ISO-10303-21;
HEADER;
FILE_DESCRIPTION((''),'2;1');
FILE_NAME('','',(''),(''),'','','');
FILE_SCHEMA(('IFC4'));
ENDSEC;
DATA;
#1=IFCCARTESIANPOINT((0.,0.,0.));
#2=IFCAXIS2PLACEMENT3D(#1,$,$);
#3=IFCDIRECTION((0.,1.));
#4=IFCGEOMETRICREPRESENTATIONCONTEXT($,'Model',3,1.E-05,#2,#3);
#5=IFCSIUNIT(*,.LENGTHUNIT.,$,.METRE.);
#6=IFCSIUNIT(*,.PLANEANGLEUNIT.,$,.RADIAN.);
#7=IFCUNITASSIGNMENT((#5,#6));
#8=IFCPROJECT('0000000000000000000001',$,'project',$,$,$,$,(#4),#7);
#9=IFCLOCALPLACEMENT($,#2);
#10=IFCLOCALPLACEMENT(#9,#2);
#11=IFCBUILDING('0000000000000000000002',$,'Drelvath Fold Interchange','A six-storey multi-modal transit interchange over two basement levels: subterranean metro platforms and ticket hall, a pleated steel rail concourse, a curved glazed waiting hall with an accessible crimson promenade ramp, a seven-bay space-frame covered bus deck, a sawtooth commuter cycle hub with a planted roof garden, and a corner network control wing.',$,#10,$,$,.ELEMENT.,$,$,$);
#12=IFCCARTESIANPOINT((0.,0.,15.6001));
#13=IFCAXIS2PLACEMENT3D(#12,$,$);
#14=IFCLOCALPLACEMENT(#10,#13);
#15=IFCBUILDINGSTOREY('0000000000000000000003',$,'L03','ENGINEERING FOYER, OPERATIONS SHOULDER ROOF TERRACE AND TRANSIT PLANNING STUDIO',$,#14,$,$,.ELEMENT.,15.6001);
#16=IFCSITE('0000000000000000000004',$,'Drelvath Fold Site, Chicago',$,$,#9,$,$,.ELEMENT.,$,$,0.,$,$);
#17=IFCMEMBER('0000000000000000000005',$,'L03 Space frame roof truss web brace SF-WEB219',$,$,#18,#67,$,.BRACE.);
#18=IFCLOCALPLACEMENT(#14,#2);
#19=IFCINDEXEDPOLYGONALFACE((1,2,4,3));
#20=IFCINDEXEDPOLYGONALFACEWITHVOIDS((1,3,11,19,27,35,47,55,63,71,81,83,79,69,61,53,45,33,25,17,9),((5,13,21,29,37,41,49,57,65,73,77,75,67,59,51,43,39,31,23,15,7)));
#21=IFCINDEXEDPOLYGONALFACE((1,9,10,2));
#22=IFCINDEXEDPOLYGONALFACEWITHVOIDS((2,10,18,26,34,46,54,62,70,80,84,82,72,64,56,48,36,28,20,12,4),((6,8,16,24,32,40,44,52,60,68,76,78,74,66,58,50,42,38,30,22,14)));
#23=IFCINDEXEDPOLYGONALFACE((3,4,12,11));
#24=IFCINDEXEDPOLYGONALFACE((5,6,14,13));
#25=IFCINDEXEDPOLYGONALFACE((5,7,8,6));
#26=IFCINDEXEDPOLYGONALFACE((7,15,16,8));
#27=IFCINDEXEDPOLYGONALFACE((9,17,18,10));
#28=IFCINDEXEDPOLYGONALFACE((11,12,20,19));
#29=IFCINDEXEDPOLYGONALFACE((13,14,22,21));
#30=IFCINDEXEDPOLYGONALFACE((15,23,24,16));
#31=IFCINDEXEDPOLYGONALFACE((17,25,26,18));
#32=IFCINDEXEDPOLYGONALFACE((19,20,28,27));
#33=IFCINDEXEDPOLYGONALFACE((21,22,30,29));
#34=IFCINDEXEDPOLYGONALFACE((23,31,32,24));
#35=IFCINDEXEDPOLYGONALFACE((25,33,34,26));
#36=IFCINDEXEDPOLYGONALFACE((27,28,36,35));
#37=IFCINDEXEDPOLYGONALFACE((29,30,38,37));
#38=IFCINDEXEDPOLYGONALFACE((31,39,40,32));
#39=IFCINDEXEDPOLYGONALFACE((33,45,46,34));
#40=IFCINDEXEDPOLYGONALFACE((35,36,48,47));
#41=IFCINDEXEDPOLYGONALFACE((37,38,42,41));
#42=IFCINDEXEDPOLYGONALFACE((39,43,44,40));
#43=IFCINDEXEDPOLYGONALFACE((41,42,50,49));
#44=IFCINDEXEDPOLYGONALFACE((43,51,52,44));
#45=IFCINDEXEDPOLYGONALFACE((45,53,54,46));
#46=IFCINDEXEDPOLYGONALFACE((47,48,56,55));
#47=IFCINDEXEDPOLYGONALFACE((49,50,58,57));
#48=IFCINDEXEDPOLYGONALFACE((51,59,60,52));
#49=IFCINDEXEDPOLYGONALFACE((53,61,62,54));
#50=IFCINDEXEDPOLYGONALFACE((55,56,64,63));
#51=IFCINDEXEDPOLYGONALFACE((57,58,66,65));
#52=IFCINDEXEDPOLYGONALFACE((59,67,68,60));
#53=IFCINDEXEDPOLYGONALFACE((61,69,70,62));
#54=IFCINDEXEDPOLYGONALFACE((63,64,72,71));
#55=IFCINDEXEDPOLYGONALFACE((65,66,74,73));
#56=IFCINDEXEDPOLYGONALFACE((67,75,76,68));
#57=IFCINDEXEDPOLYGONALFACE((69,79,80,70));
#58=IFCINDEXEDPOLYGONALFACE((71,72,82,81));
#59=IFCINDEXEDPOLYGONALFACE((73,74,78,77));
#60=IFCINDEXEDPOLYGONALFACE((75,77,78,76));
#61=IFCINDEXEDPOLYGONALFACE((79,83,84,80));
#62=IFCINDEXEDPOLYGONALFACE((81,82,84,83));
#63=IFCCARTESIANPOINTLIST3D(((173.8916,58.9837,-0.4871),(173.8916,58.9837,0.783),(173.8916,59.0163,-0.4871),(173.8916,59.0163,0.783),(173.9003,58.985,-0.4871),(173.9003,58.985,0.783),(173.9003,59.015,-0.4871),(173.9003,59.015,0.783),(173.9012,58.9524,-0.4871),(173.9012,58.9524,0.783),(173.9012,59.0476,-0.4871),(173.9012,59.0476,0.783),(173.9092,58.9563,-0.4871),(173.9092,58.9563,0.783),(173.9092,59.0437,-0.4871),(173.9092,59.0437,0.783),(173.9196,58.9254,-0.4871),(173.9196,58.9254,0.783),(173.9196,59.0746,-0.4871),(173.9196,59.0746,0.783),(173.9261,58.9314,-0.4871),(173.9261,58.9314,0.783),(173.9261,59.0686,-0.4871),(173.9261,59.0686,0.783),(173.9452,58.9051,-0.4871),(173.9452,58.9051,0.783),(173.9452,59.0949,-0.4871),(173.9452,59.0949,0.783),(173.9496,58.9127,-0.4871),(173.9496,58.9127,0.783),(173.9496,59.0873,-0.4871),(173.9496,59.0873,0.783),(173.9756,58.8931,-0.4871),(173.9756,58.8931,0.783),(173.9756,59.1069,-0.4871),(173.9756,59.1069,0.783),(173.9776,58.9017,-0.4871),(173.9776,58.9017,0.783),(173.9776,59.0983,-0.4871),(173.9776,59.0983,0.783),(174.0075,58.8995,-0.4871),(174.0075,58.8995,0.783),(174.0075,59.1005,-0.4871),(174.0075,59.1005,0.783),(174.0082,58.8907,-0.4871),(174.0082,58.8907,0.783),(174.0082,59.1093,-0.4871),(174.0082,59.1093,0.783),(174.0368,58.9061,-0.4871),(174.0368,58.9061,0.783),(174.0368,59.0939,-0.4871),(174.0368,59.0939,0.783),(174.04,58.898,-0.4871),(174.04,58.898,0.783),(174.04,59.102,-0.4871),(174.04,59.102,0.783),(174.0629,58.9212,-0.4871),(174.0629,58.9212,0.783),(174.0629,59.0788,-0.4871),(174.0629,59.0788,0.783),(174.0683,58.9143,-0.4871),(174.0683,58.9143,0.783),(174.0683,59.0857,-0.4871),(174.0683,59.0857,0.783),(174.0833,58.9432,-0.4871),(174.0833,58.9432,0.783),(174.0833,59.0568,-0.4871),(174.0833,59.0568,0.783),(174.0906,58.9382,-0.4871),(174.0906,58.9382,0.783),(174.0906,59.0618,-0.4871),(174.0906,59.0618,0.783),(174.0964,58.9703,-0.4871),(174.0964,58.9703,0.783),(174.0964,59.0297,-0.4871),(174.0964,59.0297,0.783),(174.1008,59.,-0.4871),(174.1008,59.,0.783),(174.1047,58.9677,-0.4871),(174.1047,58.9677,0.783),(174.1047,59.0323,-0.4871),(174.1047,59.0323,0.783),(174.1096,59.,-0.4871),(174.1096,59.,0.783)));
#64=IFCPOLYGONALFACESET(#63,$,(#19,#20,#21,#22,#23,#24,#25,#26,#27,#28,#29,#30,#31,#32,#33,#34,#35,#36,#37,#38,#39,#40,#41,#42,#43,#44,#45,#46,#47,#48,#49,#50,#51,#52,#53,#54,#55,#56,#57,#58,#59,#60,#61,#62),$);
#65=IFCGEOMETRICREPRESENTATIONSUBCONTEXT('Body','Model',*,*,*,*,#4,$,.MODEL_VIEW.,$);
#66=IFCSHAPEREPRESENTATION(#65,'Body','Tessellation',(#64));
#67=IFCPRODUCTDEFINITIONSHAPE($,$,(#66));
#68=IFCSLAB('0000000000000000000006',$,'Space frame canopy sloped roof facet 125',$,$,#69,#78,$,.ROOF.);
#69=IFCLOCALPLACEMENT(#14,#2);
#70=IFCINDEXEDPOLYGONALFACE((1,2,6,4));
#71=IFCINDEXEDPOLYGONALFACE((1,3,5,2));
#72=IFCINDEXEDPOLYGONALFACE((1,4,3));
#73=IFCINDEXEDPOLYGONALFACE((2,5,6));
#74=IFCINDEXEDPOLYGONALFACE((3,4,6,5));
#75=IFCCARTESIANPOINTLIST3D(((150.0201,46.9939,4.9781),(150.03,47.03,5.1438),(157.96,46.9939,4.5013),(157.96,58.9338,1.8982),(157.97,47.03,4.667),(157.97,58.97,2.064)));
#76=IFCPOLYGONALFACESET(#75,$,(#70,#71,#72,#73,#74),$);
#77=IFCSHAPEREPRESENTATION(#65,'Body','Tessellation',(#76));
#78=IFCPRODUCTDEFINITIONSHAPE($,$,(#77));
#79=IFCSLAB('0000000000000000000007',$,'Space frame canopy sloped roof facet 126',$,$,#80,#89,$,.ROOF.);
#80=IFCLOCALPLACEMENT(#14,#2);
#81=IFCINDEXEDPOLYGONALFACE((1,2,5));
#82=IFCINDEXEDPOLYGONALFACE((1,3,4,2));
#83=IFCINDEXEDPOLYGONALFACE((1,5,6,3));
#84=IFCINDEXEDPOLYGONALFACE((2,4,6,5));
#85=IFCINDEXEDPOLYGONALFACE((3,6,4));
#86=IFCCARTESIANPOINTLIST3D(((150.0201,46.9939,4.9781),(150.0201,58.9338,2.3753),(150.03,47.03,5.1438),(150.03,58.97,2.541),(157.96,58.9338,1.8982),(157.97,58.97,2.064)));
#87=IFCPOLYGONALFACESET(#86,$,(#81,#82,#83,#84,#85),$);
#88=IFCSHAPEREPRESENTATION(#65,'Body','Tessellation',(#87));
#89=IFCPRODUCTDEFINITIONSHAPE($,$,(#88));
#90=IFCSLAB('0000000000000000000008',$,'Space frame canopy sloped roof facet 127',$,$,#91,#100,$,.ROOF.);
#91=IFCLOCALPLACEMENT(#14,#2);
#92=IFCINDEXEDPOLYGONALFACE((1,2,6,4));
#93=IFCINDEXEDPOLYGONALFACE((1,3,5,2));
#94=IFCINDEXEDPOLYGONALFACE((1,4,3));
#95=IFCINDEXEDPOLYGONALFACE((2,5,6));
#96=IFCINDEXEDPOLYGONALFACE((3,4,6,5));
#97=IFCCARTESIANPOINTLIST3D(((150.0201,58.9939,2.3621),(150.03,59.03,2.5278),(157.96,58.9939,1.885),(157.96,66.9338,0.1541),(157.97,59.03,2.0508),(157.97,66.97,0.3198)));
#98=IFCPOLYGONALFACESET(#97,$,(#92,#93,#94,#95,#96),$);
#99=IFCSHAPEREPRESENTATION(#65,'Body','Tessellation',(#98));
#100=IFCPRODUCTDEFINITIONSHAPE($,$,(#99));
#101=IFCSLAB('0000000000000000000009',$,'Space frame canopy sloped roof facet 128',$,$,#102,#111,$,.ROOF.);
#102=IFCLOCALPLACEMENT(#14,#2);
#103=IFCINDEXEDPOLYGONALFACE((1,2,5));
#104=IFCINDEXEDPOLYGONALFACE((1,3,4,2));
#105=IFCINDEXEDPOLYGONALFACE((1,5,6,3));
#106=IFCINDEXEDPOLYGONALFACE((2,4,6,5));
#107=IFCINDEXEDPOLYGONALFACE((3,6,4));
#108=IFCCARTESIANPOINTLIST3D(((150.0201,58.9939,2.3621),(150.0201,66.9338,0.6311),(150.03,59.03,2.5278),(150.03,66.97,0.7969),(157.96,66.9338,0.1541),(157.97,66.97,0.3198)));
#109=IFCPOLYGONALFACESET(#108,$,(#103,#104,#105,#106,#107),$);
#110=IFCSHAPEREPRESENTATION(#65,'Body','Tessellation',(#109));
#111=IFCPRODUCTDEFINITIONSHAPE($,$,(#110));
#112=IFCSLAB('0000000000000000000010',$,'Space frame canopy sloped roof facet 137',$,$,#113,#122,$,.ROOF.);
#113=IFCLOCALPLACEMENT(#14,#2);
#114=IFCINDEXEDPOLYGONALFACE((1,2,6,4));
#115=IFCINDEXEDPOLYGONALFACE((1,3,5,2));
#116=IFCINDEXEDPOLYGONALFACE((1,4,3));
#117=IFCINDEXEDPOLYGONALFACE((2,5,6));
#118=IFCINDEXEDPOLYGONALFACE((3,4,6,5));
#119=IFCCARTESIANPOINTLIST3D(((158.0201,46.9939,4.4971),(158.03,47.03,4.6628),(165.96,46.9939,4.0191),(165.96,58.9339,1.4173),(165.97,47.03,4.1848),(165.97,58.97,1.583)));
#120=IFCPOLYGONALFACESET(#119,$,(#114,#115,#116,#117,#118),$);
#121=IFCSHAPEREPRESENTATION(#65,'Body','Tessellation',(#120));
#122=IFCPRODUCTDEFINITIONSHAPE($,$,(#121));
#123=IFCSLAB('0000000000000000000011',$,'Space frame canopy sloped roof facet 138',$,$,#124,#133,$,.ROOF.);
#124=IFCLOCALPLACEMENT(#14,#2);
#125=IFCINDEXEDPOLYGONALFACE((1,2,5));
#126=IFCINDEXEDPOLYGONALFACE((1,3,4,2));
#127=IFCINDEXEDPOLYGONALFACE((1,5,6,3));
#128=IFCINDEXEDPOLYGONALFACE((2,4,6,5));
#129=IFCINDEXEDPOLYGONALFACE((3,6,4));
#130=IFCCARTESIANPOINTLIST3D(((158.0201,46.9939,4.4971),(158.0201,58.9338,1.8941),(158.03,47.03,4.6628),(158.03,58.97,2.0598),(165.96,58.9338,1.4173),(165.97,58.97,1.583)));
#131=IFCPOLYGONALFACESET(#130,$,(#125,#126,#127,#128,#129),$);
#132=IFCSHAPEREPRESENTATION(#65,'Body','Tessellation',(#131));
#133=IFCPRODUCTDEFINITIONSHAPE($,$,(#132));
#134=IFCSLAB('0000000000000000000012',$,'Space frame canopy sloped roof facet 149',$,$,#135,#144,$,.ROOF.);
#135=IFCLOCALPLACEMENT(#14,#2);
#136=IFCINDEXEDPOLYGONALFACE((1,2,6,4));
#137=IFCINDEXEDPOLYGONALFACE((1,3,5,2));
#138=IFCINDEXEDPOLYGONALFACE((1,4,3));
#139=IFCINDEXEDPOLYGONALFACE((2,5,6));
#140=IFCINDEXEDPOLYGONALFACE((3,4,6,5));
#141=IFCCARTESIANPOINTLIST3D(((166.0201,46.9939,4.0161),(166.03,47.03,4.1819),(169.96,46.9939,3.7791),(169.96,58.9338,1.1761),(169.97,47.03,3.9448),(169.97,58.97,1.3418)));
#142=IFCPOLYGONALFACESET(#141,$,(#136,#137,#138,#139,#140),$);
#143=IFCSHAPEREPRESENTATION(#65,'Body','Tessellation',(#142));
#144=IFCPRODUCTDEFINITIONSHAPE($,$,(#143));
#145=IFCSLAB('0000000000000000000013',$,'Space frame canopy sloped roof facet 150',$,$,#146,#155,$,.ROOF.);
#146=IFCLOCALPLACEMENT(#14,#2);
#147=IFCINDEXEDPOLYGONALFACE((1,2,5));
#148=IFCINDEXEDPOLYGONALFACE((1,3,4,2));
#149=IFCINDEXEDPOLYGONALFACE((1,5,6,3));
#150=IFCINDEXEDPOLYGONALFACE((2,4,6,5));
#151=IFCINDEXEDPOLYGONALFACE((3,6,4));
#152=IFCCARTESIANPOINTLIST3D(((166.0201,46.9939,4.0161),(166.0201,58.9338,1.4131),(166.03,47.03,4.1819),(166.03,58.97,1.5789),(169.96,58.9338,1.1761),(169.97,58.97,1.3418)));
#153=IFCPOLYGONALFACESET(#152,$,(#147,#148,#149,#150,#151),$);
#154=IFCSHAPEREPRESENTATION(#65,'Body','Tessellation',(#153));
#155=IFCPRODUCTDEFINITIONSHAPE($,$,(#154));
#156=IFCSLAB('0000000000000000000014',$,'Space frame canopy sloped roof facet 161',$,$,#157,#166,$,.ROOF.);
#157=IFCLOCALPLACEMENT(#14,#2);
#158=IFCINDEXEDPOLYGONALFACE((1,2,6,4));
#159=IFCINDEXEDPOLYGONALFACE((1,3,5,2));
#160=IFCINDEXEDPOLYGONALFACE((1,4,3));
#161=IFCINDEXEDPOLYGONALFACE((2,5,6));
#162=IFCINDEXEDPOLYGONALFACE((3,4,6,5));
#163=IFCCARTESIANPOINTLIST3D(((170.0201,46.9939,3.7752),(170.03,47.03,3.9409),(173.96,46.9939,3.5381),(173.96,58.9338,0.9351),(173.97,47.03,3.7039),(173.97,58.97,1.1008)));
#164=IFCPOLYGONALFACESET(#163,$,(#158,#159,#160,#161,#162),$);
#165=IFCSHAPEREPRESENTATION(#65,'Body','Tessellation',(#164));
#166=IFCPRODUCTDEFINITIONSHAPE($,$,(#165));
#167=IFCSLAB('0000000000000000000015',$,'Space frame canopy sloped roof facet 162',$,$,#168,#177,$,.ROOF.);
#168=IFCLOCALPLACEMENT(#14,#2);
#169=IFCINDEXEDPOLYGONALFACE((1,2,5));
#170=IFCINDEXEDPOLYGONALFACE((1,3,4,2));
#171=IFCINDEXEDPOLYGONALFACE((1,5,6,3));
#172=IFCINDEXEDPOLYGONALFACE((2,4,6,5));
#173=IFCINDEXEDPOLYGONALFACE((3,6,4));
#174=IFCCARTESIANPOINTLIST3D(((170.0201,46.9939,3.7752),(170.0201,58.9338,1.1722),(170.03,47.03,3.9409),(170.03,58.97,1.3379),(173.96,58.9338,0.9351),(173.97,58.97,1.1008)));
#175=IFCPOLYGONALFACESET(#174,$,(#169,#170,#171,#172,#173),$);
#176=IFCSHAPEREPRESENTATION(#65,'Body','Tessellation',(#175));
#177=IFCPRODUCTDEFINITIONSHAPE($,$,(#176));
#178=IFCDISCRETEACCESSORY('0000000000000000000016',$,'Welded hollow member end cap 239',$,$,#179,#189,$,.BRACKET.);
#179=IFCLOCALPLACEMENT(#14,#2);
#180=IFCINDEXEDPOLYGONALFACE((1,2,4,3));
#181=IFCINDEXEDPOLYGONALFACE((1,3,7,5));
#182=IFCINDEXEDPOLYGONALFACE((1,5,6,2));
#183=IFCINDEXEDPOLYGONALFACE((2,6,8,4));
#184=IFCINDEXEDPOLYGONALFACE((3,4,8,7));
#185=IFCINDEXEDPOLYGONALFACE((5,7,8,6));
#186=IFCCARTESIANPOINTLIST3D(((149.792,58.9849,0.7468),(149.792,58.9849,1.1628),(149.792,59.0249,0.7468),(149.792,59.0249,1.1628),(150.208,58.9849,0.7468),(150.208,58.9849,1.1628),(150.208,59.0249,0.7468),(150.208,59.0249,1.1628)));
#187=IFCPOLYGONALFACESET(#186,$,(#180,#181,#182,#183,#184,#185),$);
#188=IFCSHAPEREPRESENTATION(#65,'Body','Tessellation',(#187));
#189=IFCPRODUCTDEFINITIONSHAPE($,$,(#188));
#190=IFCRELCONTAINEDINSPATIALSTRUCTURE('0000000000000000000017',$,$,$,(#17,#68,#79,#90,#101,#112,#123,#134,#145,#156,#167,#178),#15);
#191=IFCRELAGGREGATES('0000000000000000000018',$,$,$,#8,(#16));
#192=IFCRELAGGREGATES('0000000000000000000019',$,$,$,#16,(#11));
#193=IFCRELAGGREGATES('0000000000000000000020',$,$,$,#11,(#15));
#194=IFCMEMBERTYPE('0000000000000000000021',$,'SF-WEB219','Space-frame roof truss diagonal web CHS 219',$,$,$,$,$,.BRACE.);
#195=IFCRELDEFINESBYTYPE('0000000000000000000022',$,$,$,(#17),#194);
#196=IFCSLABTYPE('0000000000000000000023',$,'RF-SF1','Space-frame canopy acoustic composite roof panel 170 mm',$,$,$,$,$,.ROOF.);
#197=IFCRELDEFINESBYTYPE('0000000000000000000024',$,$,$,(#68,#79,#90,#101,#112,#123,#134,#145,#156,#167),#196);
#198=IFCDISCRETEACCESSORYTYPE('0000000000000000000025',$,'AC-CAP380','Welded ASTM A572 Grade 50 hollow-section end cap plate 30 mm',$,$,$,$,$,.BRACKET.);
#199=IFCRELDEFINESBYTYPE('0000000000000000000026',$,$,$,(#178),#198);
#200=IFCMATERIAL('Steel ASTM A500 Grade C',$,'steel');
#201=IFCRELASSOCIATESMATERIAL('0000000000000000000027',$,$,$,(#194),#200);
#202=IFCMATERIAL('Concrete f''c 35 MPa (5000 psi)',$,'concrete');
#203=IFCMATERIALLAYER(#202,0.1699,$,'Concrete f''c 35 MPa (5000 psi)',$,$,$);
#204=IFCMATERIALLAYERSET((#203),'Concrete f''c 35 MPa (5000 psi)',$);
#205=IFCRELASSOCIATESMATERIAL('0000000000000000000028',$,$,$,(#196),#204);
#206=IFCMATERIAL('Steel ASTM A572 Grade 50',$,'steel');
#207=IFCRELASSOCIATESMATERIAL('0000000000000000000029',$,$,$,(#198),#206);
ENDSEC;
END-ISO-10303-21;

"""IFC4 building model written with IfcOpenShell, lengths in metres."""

from ifc_helpers import new_model, si_unit, direction, frame, origin, origin_2d, place, context, subcontext, project, spatial, polyline, rectangle, hollow_circle, outline, extrude, material, layer, layer_set, material_profile, profile_set, type_object, element, save


model = new_model("IFC4")

# Units and contexts
model_context = context("Model", 3, precision=1e-05, world=origin(), true_north=direction((0.0, 1.0)))
body_context = subcontext(model_context, "Body", "Model", "MODEL_VIEW")
ifc_project = project(units=[si_unit("LENGTHUNIT", "METRE"), si_unit("PLANEANGLEUNIT", "RADIAN")], contexts=[model_context])

# Site, building, storey
site_placement = place(None, origin())
site = spatial("IfcSite", under=ifc_project, at=site_placement, Name="Drelvath Fold Site, Chicago", CompositionType="ELEMENT", RefElevation=0.0)
building_placement = place(site_placement, origin())
building = spatial("IfcBuilding", under=site, at=building_placement, Name="Drelvath Fold Interchange", Description="A six-storey multi-modal transit interchange over two basement levels: subterranean metro platforms and ticket hall, a pleated steel rail concourse, a curved glazed waiting hall with an accessible crimson promenade ramp, a seven-bay space-frame covered bus deck, a sawtooth commuter cycle hub with a planted roof garden, and a corner network control wing.", CompositionType="ELEMENT")
storey_placement = place(building_placement, frame((0.0, 0.0, 15.6001)))
storey = spatial("IfcBuildingStorey", under=building, at=storey_placement, Name="L03", Description="ENGINEERING FOYER, OPERATIONS SHOULDER ROOF TERRACE AND TRANSIT PLANNING STUDIO", CompositionType="ELEMENT", Elevation=15.6001)

# Shared definitions
ifc_material_1 = material(Name="Steel ASTM A500 Grade C", Category="steel")

# Member
ifc_material_profile_1 = material_profile(ifc_material_1, hollow_circle(Radius=0.1096, WallThickness=0.0088, at=origin_2d()), Name="HSS8.625X0.375")
ifc_profile_set_1 = profile_set([ifc_material_profile_1], Name="Steel ASTM A500 Grade C")
member_type_1 = type_object("IfcMemberType", Name="SF-WEB219", Description="Space-frame roof truss diagonal web CHS 219", PredefinedType="BRACE", material=ifc_profile_set_1)
for number, where, z_axis, x_axis, name in (
    (1, (174.0, 59.0, -0.4871), (0.0, 0.0, 1.0), (1.0, 0.0, 0.0), "L03 Space frame roof truss web brace SF-WEB219"),
):
    element("IfcMember", number, at=place(storey_placement, frame(where, z_axis=z_axis, x_axis=x_axis)), inside=storey, type_object=member_type_1, Name=name, PredefinedType="BRACE", context=body_context, shape_type="SweptSolid", body=[
        extrude(hollow_circle(Radius=0.1096, WallThickness=0.0088, at=origin_2d()), origin(), (0.0, 0.0, 1.0), 1.27),
    ])

# Slabs
ifc_material_2 = material(Name="Concrete f'c 35 MPa (5000 psi)", Category="concrete")
ifc_layer = layer(ifc_material_2, 0.1699, Name="Concrete f'c 35 MPa (5000 psi)")
ifc_layer_set = layer_set([ifc_layer], Name="Concrete f'c 35 MPa (5000 psi)")
slab_type = type_object("IfcSlabType", Name="RF-SF1", Description="Space-frame canopy acoustic composite roof panel 170 mm", PredefinedType="ROOF", material=ifc_layer_set)
slab_1_placement = place(storey_placement, frame((150.03, 47.03, 5.1438), z_axis=(0.058573, 0.212641, 0.975373), x_axis=(0.998202, 0.0, -0.059944)))
element("IfcSlab", 2, at=slab_1_placement, inside=storey, type_object=slab_type, Name="Space frame canopy sloped roof facet 125", PredefinedType="ROOF", context=body_context, shape_type="SweptSolid", body=[
    extrude(outline(polyline([(0.0, 0.0), (7.9542, 0.0), (8.1103, 12.2194), (0.0, 0.0)])), origin(), (0.0, 0.0, -1.0), 0.1699),
])
slab_2_placement = place(storey_placement, frame((150.03, 47.03, 5.1438), z_axis=(0.058603, 0.212622, 0.975376), x_axis=(0.541386, 0.814126, -0.209999)))
element("IfcSlab", 3, at=slab_2_placement, inside=storey, type_object=slab_type, Name="Space frame canopy sloped roof facet 126", PredefinedType="ROOF", context=body_context, shape_type="SweptSolid", body=[
    extrude(outline(polyline([(0.0, 0.0), (14.666, 0.0), (10.2672, 6.6273), (0.0, 0.0)])), origin(), (0.0, 0.0, -1.0), 0.1699),
])
slab_3_placement = place(storey_placement, frame((150.03, 59.03, 2.5278), z_axis=(0.058603, 0.212637, 0.975372), x_axis=(0.9982, 0.0, -0.059974)))
element("IfcSlab", 4, at=slab_3_placement, inside=storey, type_object=slab_type, Name="Space frame canopy sloped roof facet 127", PredefinedType="ROOF", context=body_context, shape_type="SweptSolid", body=[
    extrude(outline(polyline([(0.0, 0.0), (7.9543, 0.0), (8.0581, 8.1258), (0.0, 0.0)])), origin(), (0.0, 0.0, -1.0), 0.1699),
])
slab_4_placement = place(storey_placement, frame((150.03, 59.03, 2.5278), z_axis=(0.058603, 0.212637, 0.975372), x_axis=(0.69382, 0.69382, -0.192944)))
element("IfcSlab", 5, at=slab_4_placement, inside=storey, type_object=slab_type, Name="Space frame canopy sloped roof facet 128", PredefinedType="ROOF", context=body_context, shape_type="SweptSolid", body=[
    extrude(outline(polyline([(0.0, 0.0), (11.4438, 0.0), (5.8429, 5.648), (0.0, 0.0)])), origin(), (0.0, 0.0, -1.0), 0.1699),
])
slab_5_placement = place(storey_placement, frame((158.03, 47.03, 4.6628), z_axis=(0.058723, 0.212544, 0.975385), x_axis=(0.998193, 0.0, -0.060097)))
element("IfcSlab", 6, at=slab_5_placement, inside=storey, type_object=slab_type, Name="Space frame canopy sloped roof facet 137", PredefinedType="ROOF", context=body_context, shape_type="SweptSolid", body=[
    extrude(outline(polyline([(0.0, 0.0), (7.9543, 0.0), (8.1107, 12.2191), (0.0, 0.0)])), origin(), (0.0, 0.0, -1.0), 0.1699),
])
slab_6_placement = place(storey_placement, frame((158.03, 47.03, 4.6628), z_axis=(0.058573, 0.212641, 0.975373), x_axis=(0.541386, 0.814126, -0.209999)))
element("IfcSlab", 7, at=slab_6_placement, inside=storey, type_object=slab_type, Name="Space frame canopy sloped roof facet 138", PredefinedType="ROOF", context=body_context, shape_type="SweptSolid", body=[
    extrude(outline(polyline([(0.0, 0.0), (14.666, 0.0), (10.2673, 6.6273), (0.0, 0.0)])), origin(), (0.0, 0.0, -1.0), 0.1699),
])
slab_7_placement = place(storey_placement, frame((166.03, 47.03, 4.1819), z_axis=(0.058686, 0.21264, 0.975367), x_axis=(0.998195, 0.0, -0.06006)))
element("IfcSlab", 8, at=slab_7_placement, inside=storey, type_object=slab_type, Name="Space frame canopy sloped roof facet 149", PredefinedType="ROOF", context=body_context, shape_type="SweptSolid", body=[
    extrude(outline(polyline([(0.0, 0.0), (3.9471, 0.0), (4.1034, 12.2194), (0.0, 0.0)])), origin(), (0.0, 0.0, -1.0), 0.1699),
])
slab_8_placement = place(storey_placement, frame((166.03, 47.03, 4.1819), z_axis=(0.058686, 0.21264, 0.975367), x_axis=(0.305659, 0.926297, -0.220333)))
element("IfcSlab", 9, at=slab_8_placement, inside=storey, type_object=slab_type, Name="Space frame canopy sloped roof facet 150", PredefinedType="ROOF", context=body_context, shape_type="SweptSolid", body=[
    extrude(outline(polyline([(0.0, 0.0), (12.89, 0.0), (11.6335, 3.7417), (0.0, 0.0)])), origin(), (0.0, 0.0, -1.0), 0.1699),
])
slab_9_placement = place(storey_placement, frame((170.03, 47.03, 3.9409), z_axis=(0.058686, 0.21264, 0.975367), x_axis=(0.998195, 0.0, -0.06006)))
element("IfcSlab", 10, at=slab_9_placement, inside=storey, type_object=slab_type, Name="Space frame canopy sloped roof facet 161", PredefinedType="ROOF", context=body_context, shape_type="SweptSolid", body=[
    extrude(outline(polyline([(0.0, 0.0), (3.9471, 0.0), (4.1034, 12.2194), (0.0, 0.0)])), origin(), (0.0, 0.0, -1.0), 0.1699),
])
slab_10_placement = place(storey_placement, frame((170.03, 47.03, 3.9409), z_axis=(0.058686, 0.21264, 0.975367), x_axis=(0.305659, 0.926297, -0.220333)))
element("IfcSlab", 11, at=slab_10_placement, inside=storey, type_object=slab_type, Name="Space frame canopy sloped roof facet 162", PredefinedType="ROOF", context=body_context, shape_type="SweptSolid", body=[
    extrude(outline(polyline([(0.0, 0.0), (12.89, 0.0), (11.6335, 3.7417), (0.0, 0.0)])), origin(), (0.0, 0.0, -1.0), 0.1699),
])

# Discrete accessory
ifc_material_3 = material(Name="Steel ASTM A572 Grade 50", Category="steel")
discrete_accessory_type = type_object("IfcDiscreteAccessoryType", Name="AC-CAP380", Description="Welded ASTM A572 Grade 50 hollow-section end cap plate 30 mm", PredefinedType="BRACKET", material=ifc_material_3)
for number, where, z_axis, x_axis, name in (
    (12, (150.0, 59.0049, 0.7468), (0.0, 0.0, 1.0), (1.0, 0.0, 0.0), "Welded hollow member end cap 239"),
):
    element("IfcDiscreteAccessory", number, at=place(storey_placement, frame(where, z_axis=z_axis, x_axis=x_axis)), inside=storey, type_object=discrete_accessory_type, Name=name, PredefinedType="BRACKET", context=body_context, shape_type="SweptSolid", body=[
        extrude(rectangle(XDim=0.416, YDim=0.04, at=origin_2d()), origin(), (0.0, 0.0, 1.0), 0.416),
    ])

save(model, "model.ifc")
